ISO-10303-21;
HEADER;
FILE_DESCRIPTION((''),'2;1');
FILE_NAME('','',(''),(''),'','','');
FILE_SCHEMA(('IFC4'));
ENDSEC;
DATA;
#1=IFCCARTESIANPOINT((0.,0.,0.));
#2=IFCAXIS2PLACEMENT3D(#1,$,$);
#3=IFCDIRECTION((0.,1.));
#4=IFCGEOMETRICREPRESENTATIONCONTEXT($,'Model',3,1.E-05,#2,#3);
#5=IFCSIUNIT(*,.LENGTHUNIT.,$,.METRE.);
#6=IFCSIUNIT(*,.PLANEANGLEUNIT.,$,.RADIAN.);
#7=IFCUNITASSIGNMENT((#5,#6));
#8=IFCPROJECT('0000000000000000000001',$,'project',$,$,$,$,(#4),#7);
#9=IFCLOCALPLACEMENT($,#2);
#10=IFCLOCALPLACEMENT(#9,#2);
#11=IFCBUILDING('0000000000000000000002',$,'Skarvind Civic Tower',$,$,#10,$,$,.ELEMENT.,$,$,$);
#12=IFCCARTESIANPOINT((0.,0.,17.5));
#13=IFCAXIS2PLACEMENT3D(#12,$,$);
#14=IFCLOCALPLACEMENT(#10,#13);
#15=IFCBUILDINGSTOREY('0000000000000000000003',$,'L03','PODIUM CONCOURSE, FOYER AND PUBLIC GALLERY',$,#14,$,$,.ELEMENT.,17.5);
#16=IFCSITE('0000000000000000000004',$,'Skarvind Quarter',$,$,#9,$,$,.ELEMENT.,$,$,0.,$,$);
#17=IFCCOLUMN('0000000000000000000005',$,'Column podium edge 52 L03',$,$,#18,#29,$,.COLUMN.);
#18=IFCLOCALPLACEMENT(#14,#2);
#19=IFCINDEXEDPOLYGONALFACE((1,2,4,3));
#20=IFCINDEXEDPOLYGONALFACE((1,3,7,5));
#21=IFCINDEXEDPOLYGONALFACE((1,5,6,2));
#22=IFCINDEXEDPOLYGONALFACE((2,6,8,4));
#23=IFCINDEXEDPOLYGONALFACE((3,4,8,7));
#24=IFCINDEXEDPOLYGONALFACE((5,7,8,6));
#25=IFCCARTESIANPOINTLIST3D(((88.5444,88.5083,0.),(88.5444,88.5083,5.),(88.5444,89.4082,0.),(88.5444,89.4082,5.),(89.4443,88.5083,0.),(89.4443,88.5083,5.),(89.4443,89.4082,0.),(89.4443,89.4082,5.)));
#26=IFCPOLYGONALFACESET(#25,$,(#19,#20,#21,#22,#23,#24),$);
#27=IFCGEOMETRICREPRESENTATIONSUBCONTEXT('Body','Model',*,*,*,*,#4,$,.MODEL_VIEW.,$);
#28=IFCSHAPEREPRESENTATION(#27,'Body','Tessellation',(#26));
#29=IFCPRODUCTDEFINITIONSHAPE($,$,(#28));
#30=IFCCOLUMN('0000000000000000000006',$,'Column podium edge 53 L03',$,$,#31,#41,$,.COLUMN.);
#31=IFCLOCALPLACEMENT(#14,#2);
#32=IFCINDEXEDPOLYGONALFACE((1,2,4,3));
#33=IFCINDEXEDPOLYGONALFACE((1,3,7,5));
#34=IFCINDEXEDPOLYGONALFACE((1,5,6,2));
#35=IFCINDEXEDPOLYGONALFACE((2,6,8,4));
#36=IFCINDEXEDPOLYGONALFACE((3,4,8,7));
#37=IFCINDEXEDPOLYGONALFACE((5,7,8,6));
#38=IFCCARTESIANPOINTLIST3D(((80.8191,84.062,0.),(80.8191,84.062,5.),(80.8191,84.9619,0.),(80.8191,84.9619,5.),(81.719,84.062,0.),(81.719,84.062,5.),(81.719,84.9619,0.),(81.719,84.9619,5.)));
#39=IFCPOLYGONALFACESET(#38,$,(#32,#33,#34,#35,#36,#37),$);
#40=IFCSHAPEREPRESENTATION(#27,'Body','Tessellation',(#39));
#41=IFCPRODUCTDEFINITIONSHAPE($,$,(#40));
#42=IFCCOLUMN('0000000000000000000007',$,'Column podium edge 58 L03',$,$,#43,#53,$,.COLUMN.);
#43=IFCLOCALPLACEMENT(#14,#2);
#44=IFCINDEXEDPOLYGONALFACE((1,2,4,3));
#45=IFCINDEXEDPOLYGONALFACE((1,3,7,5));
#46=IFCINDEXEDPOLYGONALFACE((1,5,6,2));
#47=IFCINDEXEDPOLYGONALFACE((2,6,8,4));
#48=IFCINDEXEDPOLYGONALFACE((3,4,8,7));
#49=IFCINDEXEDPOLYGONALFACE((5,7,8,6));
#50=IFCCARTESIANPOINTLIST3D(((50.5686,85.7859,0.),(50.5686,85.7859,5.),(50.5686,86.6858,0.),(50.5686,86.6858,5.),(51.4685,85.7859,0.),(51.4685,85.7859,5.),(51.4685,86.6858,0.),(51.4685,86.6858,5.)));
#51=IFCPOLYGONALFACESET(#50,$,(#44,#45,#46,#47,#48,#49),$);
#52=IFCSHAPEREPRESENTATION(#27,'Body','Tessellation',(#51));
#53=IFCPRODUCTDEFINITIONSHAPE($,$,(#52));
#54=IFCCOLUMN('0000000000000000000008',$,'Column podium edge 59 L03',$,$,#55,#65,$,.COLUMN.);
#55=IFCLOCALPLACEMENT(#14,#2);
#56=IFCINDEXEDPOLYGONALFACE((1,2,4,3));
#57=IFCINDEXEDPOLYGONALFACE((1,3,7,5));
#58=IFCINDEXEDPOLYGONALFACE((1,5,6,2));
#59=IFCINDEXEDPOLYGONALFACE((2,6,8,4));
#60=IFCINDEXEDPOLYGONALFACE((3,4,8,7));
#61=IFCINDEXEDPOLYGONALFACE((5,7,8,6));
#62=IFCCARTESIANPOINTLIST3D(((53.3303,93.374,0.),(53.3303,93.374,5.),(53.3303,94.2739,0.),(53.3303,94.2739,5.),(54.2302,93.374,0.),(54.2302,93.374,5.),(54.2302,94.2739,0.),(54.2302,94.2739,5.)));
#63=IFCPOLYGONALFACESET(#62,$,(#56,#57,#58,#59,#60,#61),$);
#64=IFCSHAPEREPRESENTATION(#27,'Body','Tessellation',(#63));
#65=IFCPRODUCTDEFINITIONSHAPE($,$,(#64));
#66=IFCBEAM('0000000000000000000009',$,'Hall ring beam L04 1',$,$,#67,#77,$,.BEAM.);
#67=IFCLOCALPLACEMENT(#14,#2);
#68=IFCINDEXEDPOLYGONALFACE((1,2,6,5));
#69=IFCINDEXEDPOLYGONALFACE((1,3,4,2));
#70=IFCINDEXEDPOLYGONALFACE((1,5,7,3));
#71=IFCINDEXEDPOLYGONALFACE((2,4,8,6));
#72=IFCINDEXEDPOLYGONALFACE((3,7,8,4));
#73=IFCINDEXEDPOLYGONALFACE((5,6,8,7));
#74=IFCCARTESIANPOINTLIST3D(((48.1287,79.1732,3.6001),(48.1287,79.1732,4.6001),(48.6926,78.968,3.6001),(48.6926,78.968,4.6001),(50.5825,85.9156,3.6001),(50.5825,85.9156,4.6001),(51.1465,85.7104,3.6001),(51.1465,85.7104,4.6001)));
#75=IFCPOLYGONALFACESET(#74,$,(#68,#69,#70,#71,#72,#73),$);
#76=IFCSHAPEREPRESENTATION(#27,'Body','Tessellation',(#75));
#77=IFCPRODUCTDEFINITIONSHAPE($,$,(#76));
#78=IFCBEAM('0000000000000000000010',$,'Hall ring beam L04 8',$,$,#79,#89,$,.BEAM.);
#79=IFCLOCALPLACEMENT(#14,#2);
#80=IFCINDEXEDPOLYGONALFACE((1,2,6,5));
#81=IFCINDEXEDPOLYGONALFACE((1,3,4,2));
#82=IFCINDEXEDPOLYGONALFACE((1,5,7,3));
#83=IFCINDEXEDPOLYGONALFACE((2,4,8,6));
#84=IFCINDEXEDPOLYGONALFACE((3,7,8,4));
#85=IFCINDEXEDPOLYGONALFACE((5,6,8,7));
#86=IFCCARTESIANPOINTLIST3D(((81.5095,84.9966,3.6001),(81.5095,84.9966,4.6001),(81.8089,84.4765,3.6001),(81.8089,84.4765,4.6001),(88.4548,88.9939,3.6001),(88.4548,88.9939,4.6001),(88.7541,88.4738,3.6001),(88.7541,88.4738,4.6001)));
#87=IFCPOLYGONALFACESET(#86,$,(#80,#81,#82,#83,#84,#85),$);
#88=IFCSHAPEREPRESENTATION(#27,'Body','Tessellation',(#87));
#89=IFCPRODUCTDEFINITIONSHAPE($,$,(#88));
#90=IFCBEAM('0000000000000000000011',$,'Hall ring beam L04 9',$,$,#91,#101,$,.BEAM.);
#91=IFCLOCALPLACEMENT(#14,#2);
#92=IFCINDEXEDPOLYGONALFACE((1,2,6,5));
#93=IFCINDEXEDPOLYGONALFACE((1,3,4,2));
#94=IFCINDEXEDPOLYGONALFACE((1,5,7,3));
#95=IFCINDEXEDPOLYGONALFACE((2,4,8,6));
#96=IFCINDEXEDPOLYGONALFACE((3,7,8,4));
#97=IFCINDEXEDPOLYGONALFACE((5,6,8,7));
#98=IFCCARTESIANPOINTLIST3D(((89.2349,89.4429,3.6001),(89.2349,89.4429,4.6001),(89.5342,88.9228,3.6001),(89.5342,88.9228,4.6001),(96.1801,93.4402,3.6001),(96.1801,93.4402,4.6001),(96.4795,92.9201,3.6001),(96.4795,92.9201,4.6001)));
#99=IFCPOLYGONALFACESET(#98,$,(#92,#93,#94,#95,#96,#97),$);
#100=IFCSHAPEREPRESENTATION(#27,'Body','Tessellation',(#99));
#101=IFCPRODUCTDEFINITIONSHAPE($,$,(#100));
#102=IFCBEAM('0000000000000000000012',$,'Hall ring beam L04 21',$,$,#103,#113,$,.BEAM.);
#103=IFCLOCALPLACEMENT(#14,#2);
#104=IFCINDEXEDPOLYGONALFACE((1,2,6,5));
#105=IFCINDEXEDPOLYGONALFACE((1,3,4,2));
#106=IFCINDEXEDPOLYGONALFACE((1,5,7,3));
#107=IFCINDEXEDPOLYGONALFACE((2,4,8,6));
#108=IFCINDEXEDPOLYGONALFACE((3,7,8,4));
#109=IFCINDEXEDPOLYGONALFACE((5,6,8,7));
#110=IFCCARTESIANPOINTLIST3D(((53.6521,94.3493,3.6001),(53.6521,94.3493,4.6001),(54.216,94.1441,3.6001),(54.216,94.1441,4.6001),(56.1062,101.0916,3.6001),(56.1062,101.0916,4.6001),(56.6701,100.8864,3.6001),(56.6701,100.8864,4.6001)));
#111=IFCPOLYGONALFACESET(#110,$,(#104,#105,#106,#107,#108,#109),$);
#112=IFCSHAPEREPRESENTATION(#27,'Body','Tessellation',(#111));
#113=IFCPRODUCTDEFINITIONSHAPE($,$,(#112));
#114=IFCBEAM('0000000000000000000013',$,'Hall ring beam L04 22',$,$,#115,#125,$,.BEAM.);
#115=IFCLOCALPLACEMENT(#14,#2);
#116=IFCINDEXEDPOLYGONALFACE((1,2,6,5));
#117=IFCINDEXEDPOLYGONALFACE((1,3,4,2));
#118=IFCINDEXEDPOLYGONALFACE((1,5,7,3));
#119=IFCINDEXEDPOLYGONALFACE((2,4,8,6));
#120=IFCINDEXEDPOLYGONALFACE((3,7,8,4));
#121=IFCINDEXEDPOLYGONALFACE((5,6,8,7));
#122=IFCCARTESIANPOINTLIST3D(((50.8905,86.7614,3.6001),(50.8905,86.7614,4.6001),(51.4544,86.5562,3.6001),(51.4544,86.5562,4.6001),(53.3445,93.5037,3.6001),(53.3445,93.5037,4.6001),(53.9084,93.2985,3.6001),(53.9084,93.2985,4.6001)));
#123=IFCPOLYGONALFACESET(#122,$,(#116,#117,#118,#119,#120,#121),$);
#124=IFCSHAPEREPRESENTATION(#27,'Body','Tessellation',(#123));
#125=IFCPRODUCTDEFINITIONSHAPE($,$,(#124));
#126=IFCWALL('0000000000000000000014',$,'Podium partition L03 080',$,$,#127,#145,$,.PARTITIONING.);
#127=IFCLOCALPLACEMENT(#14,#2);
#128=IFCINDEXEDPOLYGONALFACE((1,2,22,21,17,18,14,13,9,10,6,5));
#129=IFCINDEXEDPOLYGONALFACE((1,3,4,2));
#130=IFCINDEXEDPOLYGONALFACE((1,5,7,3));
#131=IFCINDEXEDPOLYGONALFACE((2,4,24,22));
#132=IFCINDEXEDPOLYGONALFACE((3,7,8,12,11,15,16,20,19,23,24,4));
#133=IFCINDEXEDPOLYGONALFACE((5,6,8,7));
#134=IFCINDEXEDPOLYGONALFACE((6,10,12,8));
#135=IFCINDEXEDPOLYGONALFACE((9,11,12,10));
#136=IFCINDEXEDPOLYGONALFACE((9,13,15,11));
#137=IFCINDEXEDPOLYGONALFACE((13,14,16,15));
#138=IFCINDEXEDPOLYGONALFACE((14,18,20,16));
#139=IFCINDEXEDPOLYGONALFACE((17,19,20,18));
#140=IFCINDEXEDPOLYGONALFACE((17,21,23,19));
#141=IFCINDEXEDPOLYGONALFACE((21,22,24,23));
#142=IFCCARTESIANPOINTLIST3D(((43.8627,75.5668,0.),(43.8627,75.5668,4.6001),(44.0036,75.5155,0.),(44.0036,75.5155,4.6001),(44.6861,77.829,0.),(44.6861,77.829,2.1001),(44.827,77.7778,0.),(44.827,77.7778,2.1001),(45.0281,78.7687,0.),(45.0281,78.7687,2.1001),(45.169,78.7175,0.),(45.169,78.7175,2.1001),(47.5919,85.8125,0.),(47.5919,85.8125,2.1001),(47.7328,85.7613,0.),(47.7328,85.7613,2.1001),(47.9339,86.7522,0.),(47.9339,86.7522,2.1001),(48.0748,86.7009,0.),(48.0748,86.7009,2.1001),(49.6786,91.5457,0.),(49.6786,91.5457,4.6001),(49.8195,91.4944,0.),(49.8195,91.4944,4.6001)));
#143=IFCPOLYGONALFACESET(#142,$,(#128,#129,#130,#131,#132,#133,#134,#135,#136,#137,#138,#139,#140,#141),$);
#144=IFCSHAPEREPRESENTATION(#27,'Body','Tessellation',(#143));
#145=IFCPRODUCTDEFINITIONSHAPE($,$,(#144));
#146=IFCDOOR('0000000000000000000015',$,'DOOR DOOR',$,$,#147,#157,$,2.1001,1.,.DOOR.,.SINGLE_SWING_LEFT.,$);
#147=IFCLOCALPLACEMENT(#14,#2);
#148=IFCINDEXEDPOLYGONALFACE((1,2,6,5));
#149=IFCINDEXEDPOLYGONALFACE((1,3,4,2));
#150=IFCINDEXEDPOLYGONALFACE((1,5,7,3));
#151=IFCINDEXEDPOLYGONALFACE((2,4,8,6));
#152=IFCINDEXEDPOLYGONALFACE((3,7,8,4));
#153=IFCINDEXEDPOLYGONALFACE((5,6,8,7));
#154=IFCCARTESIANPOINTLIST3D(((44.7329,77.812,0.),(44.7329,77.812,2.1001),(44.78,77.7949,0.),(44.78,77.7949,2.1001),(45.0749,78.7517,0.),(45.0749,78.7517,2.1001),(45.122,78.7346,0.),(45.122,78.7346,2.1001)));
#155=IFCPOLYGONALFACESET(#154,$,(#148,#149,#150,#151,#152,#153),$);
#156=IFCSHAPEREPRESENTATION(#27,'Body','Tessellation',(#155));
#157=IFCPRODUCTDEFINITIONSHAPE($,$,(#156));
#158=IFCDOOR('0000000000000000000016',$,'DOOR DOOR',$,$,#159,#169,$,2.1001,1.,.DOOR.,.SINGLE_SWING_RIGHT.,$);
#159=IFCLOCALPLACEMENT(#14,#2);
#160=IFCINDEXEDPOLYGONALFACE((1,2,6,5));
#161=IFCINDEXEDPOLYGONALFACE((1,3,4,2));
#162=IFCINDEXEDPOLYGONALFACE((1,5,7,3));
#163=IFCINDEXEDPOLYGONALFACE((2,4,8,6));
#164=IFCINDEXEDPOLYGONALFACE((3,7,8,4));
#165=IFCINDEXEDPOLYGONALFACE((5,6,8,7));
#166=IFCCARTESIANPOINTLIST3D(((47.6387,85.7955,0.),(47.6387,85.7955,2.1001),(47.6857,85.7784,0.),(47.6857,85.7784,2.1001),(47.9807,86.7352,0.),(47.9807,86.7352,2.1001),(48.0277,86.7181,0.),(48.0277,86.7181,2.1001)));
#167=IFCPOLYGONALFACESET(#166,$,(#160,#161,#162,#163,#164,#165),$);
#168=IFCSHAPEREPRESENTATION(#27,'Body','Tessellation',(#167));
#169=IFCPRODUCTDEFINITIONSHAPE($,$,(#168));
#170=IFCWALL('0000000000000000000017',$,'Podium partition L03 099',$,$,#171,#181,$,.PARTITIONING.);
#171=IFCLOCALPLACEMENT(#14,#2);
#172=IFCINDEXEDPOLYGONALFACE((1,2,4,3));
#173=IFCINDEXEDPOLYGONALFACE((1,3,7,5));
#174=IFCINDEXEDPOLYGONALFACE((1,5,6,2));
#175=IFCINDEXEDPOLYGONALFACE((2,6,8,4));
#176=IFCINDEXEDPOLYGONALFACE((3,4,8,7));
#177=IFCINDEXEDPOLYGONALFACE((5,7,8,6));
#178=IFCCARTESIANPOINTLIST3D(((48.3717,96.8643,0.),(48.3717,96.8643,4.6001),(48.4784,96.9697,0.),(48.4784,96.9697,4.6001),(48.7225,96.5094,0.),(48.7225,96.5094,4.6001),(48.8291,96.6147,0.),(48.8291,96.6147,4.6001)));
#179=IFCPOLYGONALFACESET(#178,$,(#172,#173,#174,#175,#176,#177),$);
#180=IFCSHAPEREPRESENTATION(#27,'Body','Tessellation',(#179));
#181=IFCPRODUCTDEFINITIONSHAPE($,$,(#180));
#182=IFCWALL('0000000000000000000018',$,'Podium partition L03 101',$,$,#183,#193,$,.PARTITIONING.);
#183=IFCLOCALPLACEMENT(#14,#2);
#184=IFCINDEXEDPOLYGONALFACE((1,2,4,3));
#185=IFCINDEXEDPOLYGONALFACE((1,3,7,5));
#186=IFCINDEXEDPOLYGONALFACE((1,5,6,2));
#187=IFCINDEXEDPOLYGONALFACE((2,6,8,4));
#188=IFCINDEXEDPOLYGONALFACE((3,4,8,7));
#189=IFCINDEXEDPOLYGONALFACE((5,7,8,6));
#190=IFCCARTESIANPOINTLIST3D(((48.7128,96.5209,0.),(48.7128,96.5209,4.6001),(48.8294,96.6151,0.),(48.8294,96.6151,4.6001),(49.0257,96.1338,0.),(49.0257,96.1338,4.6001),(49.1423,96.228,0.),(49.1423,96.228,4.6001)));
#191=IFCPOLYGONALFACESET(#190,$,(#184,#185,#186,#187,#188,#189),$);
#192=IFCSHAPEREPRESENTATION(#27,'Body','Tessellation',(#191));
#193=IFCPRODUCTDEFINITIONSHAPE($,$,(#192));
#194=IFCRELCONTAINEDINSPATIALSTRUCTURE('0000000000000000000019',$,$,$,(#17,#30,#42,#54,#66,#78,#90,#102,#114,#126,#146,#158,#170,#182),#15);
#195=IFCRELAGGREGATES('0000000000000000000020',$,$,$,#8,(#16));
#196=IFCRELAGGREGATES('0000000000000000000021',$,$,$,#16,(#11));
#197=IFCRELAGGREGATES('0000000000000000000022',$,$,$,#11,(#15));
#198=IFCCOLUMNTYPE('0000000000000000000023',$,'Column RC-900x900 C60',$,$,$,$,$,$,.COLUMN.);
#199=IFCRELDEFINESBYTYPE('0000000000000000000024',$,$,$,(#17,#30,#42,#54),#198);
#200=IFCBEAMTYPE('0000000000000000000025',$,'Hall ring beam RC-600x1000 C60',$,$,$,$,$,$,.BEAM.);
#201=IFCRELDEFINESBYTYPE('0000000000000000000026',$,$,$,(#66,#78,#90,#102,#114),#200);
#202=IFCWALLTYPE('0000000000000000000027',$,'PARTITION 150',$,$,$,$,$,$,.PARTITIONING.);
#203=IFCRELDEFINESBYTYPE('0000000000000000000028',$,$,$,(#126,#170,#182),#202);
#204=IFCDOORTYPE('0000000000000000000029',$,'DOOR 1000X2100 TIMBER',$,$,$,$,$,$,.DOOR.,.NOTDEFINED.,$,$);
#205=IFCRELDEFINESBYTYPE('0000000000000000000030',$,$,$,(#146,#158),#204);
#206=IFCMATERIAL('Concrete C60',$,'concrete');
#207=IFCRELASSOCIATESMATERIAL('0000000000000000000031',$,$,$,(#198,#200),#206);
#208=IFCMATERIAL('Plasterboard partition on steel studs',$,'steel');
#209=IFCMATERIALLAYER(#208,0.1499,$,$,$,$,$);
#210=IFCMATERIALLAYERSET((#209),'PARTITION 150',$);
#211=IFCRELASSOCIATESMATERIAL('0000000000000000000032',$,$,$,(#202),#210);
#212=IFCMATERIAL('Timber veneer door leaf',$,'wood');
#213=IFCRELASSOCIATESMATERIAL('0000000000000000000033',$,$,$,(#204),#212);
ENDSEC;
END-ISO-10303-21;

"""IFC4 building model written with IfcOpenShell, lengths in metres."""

from ifc_helpers import new_model, si_unit, direction, frame, frame_2d, origin, origin_2d, place, context, subcontext, project, spatial, rectangle, extrude, material, layer, layer_set, material_profile, profile_set, type_object, element, fill, save


model = new_model("IFC4")

# Units and contexts
model_context = context("Model", 3, precision=1e-05, world=origin(), true_north=direction((0.0, 1.0)))
body_context = subcontext(model_context, "Body", "Model", "MODEL_VIEW")
ifc_project = project(units=[si_unit("LENGTHUNIT", "METRE"), si_unit("PLANEANGLEUNIT", "RADIAN")], contexts=[model_context])

# Site, building, storey
site_placement = place(None, origin())
site = spatial("IfcSite", under=ifc_project, at=site_placement, Name="Skarvind Quarter", CompositionType="ELEMENT", RefElevation=0.0)
building_placement = place(site_placement, origin())
building = spatial("IfcBuilding", under=site, at=building_placement, Name="Skarvind Civic Tower", CompositionType="ELEMENT")
storey_placement = place(building_placement, frame((0.0, 0.0, 17.5)))
storey = spatial("IfcBuildingStorey", under=building, at=storey_placement, Name="L03", Description="PODIUM CONCOURSE, FOYER AND PUBLIC GALLERY", CompositionType="ELEMENT", Elevation=17.5)

# Columns
ifc_material_1 = material(Name="Concrete C60", Category="concrete")
ifc_material_profile_1 = material_profile(ifc_material_1, rectangle(XDim=0.8999, YDim=0.8999, at=origin_2d()), Name="RC-900x900")
ifc_profile_set_1 = profile_set([ifc_material_profile_1], Name="Concrete C60")
column_type = type_object("IfcColumnType", Name="Column RC-900x900 C60", PredefinedType="COLUMN", material=ifc_profile_set_1)
for number, where, z_axis, x_axis, name in (
    (1, (88.9944, 88.9583, 0.0), (0.0, 0.0, 1.0), (1.0, 0.0, 0.0), "Column podium edge 52 L03"),
    (2, (81.269, 84.512, 0.0), (0.0, 0.0, 1.0), (1.0, 0.0, 0.0), "Column podium edge 53 L03"),
    (3, (51.0186, 86.2358, 0.0), (0.0, 0.0, 1.0), (1.0, 0.0, 0.0), "Column podium edge 58 L03"),
    (4, (53.7803, 93.824, 0.0), (0.0, 0.0, 1.0), (1.0, 0.0, 0.0), "Column podium edge 59 L03"),
):
    element("IfcColumn", number, at=place(storey_placement, frame(where, z_axis=z_axis, x_axis=x_axis)), inside=storey, type_object=column_type, Name=name, PredefinedType="COLUMN", context=body_context, shape_type="SweptSolid", body=[
        extrude(rectangle(XDim=0.8999, YDim=0.8999, at=origin_2d()), origin(), (0.0, 0.0, 1.0), 5.0),
    ])

# Beams
ifc_material_profile_2 = material_profile(ifc_material_1, rectangle(XDim=0.6001, YDim=1.0, at=origin_2d()), Name="RC-600x1000")
ifc_profile_set_2 = profile_set([ifc_material_profile_2], Name="Concrete C60")
beam_type = type_object("IfcBeamType", Name="Hall ring beam RC-600x1000 C60", PredefinedType="BEAM", material=ifc_profile_set_2)
beam_placement = place(storey_placement, frame((50.8645, 85.813, 4.1001), z_axis=(-0.341997, -0.939701, 0.0), x_axis=(0.939701, -0.341997, 0.0)))
element("IfcBeam", 5, at=beam_placement, inside=storey, type_object=beam_type, Name="Hall ring beam L04 1", PredefinedType="BEAM", context=body_context, shape_type="SweptSolid", body=[
    extrude(rectangle(XDim=0.6001, YDim=1.0, at=origin_2d()), origin(), (0.0, 0.0, 1.0), 7.175),
])
for number, where, z_axis, x_axis, name in (
    (6, (81.6592, 84.7366, 4.1001), (0.866703, 0.498824, 0.0), (-0.498824, 0.866703, 0.0), "Hall ring beam L04 8"),
    (7, (89.3845, 89.1829, 4.1001), (0.866703, 0.498824, 0.0), (-0.498824, 0.866703, 0.0), "Hall ring beam L04 9"),
):
    element("IfcBeam", number, at=place(storey_placement, frame(where, z_axis=z_axis, x_axis=x_axis)), inside=storey, type_object=beam_type, Name=name, PredefinedType="BEAM", context=body_context, shape_type="SweptSolid", body=[
        extrude(rectangle(XDim=0.6001, YDim=1.0, at=origin_2d()), origin(), (0.0, 0.0, 1.0), 8.0134),
    ])
for number, where, z_axis, x_axis, name in (
    (8, (56.3882, 100.989, 4.1001), (-0.342038, -0.939686, 0.0), (0.939686, -0.342038, 0.0), "Hall ring beam L04 21"),
    (9, (53.6265, 93.4011, 4.1001), (-0.342027, -0.93969, 0.0), (0.93969, -0.342027, 0.0), "Hall ring beam L04 22"),
):
    element("IfcBeam", number, at=place(storey_placement, frame(where, z_axis=z_axis, x_axis=x_axis)), inside=storey, type_object=beam_type, Name=name, PredefinedType="BEAM", context=body_context, shape_type="SweptSolid", body=[
        extrude(rectangle(XDim=0.6001, YDim=1.0, at=origin_2d()), origin(), (0.0, 0.0, 1.0), 7.175),
    ])

# Wall, openings, doors
ifc_material_2 = material(Name="Plasterboard partition on steel studs", Category="steel")
ifc_layer = layer(ifc_material_2, 0.1499)
ifc_layer_set = layer_set([ifc_layer], Name="PARTITION 150")
wall_type = type_object("IfcWallType", Name="PARTITION 150", PredefinedType="PARTITIONING", material=ifc_layer_set)
wall_1_placement = place(storey_placement, frame((49.749, 91.52, 0.0), z_axis=(0.0, 0.0, 1.0), x_axis=(-0.342022, -0.939692, 0.0)))
wall_1 = element("IfcWall", 10, at=wall_1_placement, inside=storey, type_object=wall_type, Name="Podium partition L03 080", PredefinedType="PARTITIONING", context=body_context, shape_type="SweptSolid", body=[
    extrude(rectangle(XDim=17.0044, YDim=0.1499, at=frame_2d((8.5022, 0.0))), origin(), (0.0, 0.0, 1.0), 4.6001),
])
opening_1_placement = place(wall_1_placement, frame((13.5969, 0.0, 0.0)))
opening_1 = element("IfcOpeningElement", 11, at=opening_1_placement, cuts=wall_1, PredefinedType="OPENING", context=body_context, shape_type="SweptSolid", body=[
    extrude(rectangle(XDim=1.0, YDim=2.1001, at=frame_2d((0.5, 1.05))), frame((0.0, 0.085, 0.0), z_axis=(0.0, -1.0, 0.0), x_axis=(1.0, 0.0, 0.0)), (0.0, 0.0, 1.0), 0.1699),
])
opening_2_placement = place(wall_1_placement, frame((5.1011, 0.0, 0.0)))
opening_2 = element("IfcOpeningElement", 12, at=opening_2_placement, cuts=wall_1, PredefinedType="OPENING", context=body_context, shape_type="SweptSolid", body=[
    extrude(rectangle(XDim=1.0, YDim=2.1001, at=frame_2d((0.5, 1.05))), frame((0.0, 0.085, 0.0), z_axis=(0.0, -1.0, 0.0), x_axis=(1.0, 0.0, 0.0)), (0.0, 0.0, 1.0), 0.1699),
])
ifc_material_3 = material(Name="Timber veneer door leaf", Category="wood")
door_type_1 = type_object("IfcDoorType", Name="DOOR 1000X2100 TIMBER", OperationType="NOTDEFINED", PredefinedType="DOOR", material=ifc_material_3)
door_1_placement = place(opening_1_placement, origin())
door_1 = element("IfcDoor", 13, at=door_1_placement, inside=storey, type_object=door_type_1, Name="DOOR DOOR", OperationType="SINGLE_SWING_LEFT", OverallHeight=2.1001, OverallWidth=1.0, PredefinedType="DOOR", context=body_context, shape_type="SweptSolid", body=[
    extrude(rectangle(XDim=1.0, YDim=2.1001, at=frame_2d((0.5, 1.05))), frame((0.0, 0.0249, 0.0), z_axis=(0.0, -1.0, 0.0), x_axis=(1.0, 0.0, 0.0)), (0.0, 0.0, 1.0), 0.05),
])
fill(opening_1, door_1)
door_2_placement = place(opening_2_placement, origin())
door_2 = element("IfcDoor", 14, at=door_2_placement, inside=storey, type_object=door_type_1, Name="DOOR DOOR", OperationType="SINGLE_SWING_RIGHT", OverallHeight=2.1001, OverallWidth=1.0, PredefinedType="DOOR", context=body_context, shape_type="SweptSolid", body=[
    extrude(rectangle(XDim=1.0, YDim=2.1001, at=frame_2d((0.5, 1.05))), frame((0.0, 0.0249, 0.0), z_axis=(0.0, -1.0, 0.0), x_axis=(1.0, 0.0, 0.0)), (0.0, 0.0, 1.0), 0.05),
])
fill(opening_2, door_2)

# Walls
wall_2_placement = place(storey_placement, frame((48.425, 96.917, 0.0), z_axis=(0.0, 0.0, 1.0), x_axis=(0.702937, -0.711252, 0.0)))
element("IfcWall", 15, at=wall_2_placement, inside=storey, type_object=wall_type, Name="Podium partition L03 099", PredefinedType="PARTITIONING", context=body_context, shape_type="SweptSolid", body=[
    extrude(rectangle(XDim=0.499, YDim=0.1499, at=frame_2d((0.2495, 0.0))), origin(), (0.0, 0.0, 1.0), 4.6001),
])
for number, where, z_axis, x_axis, name in (
    (16, (48.771, 96.5681, 0.0), (0.0, 0.0, 1.0), (0.628634, -0.777701, 0.0), "Podium partition L03 101"),
):
    element("IfcWall", number, at=place(storey_placement, frame(where, z_axis=z_axis, x_axis=x_axis)), inside=storey, type_object=wall_type, Name=name, PredefinedType="PARTITIONING", context=body_context, shape_type="SweptSolid", body=[
        extrude(rectangle(XDim=0.4978, YDim=0.1499, at=frame_2d((0.249, 0.0))), origin(), (0.0, 0.0, 1.0), 4.6001),
    ])

save(model, "model.ifc")
